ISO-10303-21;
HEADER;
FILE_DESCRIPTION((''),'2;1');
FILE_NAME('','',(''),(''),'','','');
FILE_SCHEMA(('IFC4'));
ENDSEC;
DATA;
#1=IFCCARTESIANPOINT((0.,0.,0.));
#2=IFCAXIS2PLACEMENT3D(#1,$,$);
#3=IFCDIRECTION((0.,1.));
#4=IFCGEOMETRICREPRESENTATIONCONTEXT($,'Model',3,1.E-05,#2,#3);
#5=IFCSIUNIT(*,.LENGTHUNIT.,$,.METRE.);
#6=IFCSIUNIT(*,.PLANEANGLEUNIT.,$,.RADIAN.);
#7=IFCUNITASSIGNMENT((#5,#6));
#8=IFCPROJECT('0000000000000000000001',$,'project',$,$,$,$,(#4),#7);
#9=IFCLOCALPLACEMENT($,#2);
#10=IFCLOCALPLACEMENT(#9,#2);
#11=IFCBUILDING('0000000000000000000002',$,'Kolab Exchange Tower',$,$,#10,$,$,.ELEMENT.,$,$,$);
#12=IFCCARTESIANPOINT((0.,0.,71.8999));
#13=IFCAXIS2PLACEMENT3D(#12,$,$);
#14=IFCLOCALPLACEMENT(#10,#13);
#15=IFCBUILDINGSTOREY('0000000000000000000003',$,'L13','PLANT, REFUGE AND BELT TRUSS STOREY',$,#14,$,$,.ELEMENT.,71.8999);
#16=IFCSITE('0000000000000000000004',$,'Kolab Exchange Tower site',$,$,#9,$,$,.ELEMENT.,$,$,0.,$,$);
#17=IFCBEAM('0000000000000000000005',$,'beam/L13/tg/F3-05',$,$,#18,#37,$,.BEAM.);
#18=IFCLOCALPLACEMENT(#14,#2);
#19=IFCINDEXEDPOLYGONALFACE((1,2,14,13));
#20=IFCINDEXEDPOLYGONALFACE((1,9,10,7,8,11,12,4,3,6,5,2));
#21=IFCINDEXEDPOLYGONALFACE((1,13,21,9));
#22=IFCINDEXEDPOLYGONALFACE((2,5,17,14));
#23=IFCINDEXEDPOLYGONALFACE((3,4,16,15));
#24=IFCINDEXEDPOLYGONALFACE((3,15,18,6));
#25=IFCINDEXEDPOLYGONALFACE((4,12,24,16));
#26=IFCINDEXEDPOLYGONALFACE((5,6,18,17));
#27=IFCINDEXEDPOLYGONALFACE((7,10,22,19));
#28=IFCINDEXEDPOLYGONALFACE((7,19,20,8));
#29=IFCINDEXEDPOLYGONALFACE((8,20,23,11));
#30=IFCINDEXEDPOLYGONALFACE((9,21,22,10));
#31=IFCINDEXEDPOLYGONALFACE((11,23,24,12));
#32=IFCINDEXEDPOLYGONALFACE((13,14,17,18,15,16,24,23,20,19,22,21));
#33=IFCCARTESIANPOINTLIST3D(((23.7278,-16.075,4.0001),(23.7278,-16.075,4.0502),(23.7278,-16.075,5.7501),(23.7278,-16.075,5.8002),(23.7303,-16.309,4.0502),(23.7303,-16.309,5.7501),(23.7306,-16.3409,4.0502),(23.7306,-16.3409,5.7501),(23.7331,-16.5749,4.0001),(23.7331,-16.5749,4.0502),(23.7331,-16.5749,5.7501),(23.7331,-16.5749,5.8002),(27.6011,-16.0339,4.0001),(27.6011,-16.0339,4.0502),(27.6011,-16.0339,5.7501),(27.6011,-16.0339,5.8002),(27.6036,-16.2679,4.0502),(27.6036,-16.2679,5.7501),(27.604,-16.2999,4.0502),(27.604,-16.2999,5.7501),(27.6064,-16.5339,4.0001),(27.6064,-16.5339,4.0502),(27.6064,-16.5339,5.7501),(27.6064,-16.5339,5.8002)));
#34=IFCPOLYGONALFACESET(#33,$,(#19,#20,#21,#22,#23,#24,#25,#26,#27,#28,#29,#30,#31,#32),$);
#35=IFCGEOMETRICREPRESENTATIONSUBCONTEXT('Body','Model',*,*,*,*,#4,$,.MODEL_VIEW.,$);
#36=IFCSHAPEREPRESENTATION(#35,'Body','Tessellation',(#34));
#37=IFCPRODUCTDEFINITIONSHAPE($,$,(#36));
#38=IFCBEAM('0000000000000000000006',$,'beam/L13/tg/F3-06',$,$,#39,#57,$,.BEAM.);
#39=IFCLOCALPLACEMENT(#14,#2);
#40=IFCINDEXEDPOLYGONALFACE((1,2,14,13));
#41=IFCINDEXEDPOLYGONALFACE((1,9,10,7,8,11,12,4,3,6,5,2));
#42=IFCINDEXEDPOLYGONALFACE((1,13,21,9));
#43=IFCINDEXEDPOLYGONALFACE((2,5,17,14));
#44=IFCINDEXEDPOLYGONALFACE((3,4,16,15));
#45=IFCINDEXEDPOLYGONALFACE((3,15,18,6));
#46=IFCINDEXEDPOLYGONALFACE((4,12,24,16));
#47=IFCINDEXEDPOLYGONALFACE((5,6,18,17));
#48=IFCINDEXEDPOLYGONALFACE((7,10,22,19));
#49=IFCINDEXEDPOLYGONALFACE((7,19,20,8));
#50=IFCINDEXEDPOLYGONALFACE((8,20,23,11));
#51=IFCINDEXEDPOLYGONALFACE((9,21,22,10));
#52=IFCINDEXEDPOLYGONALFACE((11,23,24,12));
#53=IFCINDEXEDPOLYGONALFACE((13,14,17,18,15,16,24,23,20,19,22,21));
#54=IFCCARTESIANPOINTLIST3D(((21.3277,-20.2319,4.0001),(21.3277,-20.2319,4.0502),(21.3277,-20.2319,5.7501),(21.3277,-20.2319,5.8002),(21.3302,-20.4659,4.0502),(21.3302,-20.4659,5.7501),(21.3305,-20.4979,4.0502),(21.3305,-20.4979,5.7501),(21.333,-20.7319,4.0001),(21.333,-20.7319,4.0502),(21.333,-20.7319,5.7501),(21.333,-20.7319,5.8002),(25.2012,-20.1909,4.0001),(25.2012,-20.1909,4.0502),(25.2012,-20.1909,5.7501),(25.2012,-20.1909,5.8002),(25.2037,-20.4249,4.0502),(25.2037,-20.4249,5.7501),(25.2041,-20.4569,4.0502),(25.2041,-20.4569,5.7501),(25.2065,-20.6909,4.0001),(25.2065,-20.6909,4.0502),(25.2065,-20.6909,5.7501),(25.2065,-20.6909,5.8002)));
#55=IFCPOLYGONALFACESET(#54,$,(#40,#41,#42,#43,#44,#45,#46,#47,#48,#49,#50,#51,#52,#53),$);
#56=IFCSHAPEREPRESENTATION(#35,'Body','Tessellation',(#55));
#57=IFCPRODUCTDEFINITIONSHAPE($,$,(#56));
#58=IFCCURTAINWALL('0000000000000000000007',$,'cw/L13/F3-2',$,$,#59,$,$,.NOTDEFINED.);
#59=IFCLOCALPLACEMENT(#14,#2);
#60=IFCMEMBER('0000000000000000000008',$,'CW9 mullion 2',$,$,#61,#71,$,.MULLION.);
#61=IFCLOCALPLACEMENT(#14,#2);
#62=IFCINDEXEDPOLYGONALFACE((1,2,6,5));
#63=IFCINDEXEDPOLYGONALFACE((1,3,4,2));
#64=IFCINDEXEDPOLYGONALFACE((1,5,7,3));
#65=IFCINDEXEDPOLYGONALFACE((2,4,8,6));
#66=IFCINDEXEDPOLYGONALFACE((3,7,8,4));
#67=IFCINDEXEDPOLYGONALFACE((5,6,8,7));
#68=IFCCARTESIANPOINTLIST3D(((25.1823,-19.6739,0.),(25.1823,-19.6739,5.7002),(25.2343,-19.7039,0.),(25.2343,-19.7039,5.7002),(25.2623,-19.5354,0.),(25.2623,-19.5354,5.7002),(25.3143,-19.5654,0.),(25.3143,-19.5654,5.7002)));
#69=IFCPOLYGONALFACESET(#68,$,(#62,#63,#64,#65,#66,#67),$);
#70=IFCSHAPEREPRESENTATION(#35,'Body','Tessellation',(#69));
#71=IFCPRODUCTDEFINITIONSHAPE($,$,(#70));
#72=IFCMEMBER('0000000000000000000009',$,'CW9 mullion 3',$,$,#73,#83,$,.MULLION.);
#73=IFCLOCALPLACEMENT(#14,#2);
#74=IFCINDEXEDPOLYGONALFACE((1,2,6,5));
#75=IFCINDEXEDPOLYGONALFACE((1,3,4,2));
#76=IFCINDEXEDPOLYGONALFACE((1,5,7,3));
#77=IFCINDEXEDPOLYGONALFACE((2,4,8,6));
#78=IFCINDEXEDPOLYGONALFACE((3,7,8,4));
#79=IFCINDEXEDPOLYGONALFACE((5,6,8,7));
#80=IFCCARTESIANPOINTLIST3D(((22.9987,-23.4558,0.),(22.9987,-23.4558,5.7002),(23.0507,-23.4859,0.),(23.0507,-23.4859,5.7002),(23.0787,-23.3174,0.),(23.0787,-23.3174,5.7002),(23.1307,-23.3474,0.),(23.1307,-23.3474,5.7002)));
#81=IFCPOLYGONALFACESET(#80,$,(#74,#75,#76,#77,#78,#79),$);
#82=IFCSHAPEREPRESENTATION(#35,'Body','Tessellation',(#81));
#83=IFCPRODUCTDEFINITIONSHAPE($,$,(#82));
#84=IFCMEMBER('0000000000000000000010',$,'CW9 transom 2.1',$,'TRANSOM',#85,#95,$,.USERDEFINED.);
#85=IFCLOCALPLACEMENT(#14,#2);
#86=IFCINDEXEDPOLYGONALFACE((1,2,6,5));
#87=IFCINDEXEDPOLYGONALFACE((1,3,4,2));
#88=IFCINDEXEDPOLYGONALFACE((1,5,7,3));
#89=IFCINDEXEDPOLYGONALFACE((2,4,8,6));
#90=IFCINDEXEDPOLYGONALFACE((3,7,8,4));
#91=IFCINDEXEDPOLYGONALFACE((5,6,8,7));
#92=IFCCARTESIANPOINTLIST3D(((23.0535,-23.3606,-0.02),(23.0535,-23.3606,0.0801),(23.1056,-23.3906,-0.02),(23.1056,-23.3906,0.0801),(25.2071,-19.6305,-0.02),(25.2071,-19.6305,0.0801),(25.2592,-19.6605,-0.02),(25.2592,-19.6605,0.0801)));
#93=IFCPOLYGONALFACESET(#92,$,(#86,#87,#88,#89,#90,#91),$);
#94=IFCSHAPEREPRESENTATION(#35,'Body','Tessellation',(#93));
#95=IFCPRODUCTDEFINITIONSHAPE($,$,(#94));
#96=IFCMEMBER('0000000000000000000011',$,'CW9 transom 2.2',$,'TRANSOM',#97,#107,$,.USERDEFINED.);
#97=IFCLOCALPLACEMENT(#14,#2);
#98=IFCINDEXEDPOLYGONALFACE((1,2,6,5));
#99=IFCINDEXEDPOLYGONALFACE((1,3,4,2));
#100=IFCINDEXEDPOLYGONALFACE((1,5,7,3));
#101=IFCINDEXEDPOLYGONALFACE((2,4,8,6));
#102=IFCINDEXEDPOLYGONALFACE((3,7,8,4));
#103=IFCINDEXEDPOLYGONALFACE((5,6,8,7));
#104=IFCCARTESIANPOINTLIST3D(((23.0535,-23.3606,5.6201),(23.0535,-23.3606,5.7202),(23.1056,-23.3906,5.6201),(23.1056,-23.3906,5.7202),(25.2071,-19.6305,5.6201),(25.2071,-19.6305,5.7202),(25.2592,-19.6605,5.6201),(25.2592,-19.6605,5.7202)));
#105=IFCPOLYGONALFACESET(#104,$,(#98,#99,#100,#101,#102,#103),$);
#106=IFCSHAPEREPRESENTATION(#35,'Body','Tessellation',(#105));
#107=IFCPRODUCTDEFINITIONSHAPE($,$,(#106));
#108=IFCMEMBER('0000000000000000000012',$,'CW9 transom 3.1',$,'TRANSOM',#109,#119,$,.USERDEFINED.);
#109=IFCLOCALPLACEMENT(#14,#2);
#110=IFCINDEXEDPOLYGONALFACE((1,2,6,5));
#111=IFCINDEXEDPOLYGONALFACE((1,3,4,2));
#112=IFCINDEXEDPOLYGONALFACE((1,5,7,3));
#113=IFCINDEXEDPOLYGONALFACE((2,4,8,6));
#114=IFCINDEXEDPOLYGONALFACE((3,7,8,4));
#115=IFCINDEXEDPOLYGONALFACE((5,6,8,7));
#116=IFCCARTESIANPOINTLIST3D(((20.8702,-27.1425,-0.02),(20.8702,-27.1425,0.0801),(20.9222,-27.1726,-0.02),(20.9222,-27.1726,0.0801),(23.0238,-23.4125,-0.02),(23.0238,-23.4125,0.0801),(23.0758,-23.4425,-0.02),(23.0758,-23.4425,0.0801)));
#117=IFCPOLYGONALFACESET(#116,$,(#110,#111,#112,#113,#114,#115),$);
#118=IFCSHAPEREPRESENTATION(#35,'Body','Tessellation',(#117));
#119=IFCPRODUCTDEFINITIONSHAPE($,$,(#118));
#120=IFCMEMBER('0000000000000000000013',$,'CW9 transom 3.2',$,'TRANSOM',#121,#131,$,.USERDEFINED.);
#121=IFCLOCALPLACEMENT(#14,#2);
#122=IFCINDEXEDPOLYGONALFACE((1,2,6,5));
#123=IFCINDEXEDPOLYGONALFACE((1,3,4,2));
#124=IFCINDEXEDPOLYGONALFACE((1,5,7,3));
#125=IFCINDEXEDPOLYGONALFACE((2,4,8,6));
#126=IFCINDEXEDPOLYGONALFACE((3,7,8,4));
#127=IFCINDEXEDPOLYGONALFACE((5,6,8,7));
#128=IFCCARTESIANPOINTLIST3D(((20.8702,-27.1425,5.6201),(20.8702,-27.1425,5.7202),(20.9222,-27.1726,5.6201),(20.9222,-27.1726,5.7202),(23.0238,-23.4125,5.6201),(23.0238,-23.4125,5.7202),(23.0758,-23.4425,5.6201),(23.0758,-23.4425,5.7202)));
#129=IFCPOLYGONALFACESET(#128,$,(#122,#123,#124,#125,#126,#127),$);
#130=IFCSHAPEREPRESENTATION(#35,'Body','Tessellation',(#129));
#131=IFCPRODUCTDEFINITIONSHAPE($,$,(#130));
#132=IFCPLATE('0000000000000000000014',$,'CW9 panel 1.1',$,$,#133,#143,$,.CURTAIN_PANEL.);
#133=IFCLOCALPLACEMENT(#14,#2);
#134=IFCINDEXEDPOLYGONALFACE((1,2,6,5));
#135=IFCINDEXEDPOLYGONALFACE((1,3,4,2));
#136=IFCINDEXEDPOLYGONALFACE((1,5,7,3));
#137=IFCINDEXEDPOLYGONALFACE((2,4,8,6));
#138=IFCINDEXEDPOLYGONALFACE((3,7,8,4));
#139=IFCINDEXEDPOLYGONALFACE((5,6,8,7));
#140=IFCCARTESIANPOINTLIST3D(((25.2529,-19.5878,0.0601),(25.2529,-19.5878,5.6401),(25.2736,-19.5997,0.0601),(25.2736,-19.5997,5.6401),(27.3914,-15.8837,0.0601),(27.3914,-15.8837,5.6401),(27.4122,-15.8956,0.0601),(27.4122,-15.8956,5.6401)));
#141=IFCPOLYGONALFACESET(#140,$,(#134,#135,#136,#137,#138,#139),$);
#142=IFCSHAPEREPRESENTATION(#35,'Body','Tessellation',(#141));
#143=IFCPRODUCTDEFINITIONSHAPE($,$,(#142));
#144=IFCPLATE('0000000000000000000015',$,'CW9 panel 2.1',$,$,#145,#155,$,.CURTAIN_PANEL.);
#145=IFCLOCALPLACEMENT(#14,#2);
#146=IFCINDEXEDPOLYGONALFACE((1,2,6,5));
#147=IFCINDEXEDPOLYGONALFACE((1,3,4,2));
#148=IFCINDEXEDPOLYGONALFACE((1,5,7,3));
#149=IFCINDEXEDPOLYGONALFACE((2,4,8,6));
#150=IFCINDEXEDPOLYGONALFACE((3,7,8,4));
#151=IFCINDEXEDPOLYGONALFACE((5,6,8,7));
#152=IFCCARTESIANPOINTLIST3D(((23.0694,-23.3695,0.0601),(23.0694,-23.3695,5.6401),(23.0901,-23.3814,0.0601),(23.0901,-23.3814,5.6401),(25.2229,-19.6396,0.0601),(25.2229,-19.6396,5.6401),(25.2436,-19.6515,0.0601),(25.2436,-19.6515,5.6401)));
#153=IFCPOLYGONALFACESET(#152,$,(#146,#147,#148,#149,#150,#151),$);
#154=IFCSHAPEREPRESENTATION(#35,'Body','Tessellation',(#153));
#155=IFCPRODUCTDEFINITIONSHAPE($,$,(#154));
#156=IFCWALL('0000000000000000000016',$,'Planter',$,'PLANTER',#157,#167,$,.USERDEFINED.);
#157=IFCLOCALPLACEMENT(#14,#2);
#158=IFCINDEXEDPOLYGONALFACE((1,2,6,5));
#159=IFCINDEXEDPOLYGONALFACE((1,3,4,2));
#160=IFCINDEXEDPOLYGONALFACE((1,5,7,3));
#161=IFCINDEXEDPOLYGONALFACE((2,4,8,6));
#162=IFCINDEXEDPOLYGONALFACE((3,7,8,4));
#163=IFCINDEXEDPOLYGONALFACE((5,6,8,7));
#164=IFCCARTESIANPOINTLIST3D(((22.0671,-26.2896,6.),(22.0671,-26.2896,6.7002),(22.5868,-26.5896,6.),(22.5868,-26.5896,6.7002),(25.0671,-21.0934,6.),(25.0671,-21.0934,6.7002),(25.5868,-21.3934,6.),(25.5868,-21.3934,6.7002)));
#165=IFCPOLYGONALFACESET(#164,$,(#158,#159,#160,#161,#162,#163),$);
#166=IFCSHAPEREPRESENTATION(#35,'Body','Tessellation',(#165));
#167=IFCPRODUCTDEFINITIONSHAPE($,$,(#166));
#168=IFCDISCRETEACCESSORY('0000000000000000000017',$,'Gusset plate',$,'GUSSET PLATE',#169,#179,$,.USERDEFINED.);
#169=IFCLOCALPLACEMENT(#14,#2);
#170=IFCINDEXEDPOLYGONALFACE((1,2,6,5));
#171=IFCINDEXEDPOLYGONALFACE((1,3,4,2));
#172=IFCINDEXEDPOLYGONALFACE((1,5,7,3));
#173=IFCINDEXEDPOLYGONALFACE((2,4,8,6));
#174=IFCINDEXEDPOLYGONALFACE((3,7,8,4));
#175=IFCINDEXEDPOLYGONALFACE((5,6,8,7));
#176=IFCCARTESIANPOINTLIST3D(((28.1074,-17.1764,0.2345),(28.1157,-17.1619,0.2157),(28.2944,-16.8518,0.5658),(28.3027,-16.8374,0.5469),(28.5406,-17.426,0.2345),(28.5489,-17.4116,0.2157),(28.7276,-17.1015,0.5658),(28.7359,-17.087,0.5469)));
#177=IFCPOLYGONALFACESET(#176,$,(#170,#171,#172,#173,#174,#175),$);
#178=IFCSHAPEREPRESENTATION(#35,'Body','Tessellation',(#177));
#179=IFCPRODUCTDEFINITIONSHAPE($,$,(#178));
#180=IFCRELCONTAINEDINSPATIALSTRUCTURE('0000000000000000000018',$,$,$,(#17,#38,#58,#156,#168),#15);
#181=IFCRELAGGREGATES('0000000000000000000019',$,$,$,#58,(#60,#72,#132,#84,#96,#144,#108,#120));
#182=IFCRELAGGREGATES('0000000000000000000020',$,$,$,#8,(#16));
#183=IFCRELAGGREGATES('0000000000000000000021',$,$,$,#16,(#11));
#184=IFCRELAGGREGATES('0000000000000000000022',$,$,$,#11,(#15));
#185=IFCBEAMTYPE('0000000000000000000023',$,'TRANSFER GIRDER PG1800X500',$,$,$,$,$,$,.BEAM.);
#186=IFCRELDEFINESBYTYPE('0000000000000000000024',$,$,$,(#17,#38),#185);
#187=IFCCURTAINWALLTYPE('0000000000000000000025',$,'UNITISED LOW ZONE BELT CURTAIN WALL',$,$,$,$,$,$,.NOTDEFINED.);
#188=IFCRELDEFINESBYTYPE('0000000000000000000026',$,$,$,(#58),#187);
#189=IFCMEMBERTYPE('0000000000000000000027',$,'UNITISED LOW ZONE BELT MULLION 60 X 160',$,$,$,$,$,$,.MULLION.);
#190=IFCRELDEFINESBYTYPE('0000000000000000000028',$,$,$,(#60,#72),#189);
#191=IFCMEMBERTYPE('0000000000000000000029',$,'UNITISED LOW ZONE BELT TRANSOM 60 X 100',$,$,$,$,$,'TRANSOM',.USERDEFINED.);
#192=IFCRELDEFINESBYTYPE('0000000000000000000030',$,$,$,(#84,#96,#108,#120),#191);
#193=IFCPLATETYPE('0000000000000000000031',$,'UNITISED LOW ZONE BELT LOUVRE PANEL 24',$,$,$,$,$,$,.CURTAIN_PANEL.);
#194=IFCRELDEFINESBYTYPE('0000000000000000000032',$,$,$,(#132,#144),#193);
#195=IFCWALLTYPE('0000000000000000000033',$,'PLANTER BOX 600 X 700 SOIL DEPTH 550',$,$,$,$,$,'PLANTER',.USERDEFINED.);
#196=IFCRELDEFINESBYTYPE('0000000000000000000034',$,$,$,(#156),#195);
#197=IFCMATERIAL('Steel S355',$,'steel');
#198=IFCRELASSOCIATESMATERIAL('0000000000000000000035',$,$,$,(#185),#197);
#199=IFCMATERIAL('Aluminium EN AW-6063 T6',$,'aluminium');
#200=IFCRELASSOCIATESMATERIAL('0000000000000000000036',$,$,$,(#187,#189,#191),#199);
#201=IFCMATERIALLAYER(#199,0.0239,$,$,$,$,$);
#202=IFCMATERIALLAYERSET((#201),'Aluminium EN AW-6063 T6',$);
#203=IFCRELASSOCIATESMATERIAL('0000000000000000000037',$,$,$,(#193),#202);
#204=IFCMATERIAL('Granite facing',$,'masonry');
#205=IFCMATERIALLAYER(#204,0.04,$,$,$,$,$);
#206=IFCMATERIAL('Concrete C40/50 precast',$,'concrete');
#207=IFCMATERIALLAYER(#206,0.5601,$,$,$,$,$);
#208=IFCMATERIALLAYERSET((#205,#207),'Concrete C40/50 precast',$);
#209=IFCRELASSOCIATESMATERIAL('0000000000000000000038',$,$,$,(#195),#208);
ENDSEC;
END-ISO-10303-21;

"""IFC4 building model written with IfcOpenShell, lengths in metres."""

from ifc_helpers import new_model, si_unit, direction, frame, frame_2d, origin, origin_2d, place, context, subcontext, project, spatial, rectangle, i_section, extrude, material, layer, layer_set, material_profile, profile_set, type_object, element, aggregate, save


model = new_model("IFC4")

# Units and contexts
model_context = context("Model", 3, precision=1e-05, world=origin(), true_north=direction((0.0, 1.0)))
body_context = subcontext(model_context, "Body", "Model", "MODEL_VIEW")
ifc_project = project(units=[si_unit("LENGTHUNIT", "METRE"), si_unit("PLANEANGLEUNIT", "RADIAN")], contexts=[model_context])

# Site, building, storey
site_placement = place(None, origin())
site = spatial("IfcSite", under=ifc_project, at=site_placement, Name="Kolab Exchange Tower site", CompositionType="ELEMENT", RefElevation=0.0)
building_placement = place(site_placement, origin())
building = spatial("IfcBuilding", under=site, at=building_placement, Name="Kolab Exchange Tower", CompositionType="ELEMENT")
storey_placement = place(building_placement, frame((0.0, 0.0, 71.8999)))
storey = spatial("IfcBuildingStorey", under=building, at=storey_placement, Name="L13", Description="PLANT, REFUGE AND BELT TRUSS STOREY", CompositionType="ELEMENT", Elevation=71.8999)

# Shared definitions
ifc_material_1 = material(Name="Steel S355", Category="steel")

# Beams
ifc_material_profile_1 = material_profile(ifc_material_1, i_section(OverallWidth=0.5, OverallDepth=1.8, WebThickness=0.032, FlangeThickness=0.05, at=origin_2d()), Name="PG1800X500")
ifc_profile_set_1 = profile_set([ifc_material_profile_1], Name="Steel S355")
beam_type_1 = type_object("IfcBeamType", Name="TRANSFER GIRDER PG1800X500", PredefinedType="BEAM", material=ifc_profile_set_1)
beam_1_placement = place(storey_placement, frame((23.7305, -16.325, 4.9001), z_axis=(0.999944, 0.010589, 0.0), x_axis=(-0.010589, 0.999944, 0.0)))
element("IfcBeam", 1, at=beam_1_placement, inside=storey, type_object=beam_type_1, Name="beam/L13/tg/F3-05", PredefinedType="BEAM", context=body_context, shape_type="SweptSolid", body=[
    extrude(i_section(OverallWidth=0.5, OverallDepth=1.8, WebThickness=0.032, FlangeThickness=0.05, at=origin_2d()), origin(), (0.0, 0.0, 1.0), 3.8735),
])
beam_2_placement = place(storey_placement, frame((21.3303, -20.4819, 4.9001), z_axis=(0.999944, 0.010588, 0.0), x_axis=(-0.010588, 0.999944, 0.0)))
element("IfcBeam", 2, at=beam_2_placement, inside=storey, type_object=beam_type_1, Name="beam/L13/tg/F3-06", PredefinedType="BEAM", context=body_context, shape_type="SweptSolid", body=[
    extrude(i_section(OverallWidth=0.5, OverallDepth=1.8, WebThickness=0.032, FlangeThickness=0.05, at=origin_2d()), origin(), (0.0, 0.0, 1.0), 3.8738),
])

# Curtain wall, members, plates
ifc_material_2 = material(Name="Aluminium EN AW-6063 T6", Category="aluminium")
curtain_wall_type = type_object("IfcCurtainWallType", Name="UNITISED LOW ZONE BELT CURTAIN WALL", PredefinedType="NOTDEFINED", material=ifc_material_2)
curtain_wall_placement = place(storey_placement, origin())
curtain_wall = element("IfcCurtainWall", 3, at=curtain_wall_placement, inside=storey, type_object=curtain_wall_type, Name="cw/L13/F3-2", PredefinedType="NOTDEFINED")
ifc_material_profile_2 = material_profile(ifc_material_2, rectangle(XDim=0.0601, YDim=0.1599, at=origin_2d()), Name="RECT 60X160")
ifc_profile_set_2 = profile_set([ifc_material_profile_2], Name="Aluminium EN AW-6063 T6")
member_type_1 = type_object("IfcMemberType", Name="UNITISED LOW ZONE BELT MULLION 60 X 160", PredefinedType="MULLION", material=ifc_profile_set_2)
member_1_placement = place(storey_placement, frame((25.2483, -19.6196, 0.0), z_axis=(0.0, 0.0, 1.0), x_axis=(0.866025, -0.5, 0.0)))
member_1 = element("IfcMember", 4, at=member_1_placement, type_object=member_type_1, Name="CW9 mullion 2", PredefinedType="MULLION", context=body_context, shape_type="SweptSolid", body=[
    extrude(rectangle(XDim=0.0601, YDim=0.1599, at=origin_2d()), origin(), (0.0, 0.0, 1.0), 5.7002),
])
member_2_placement = place(storey_placement, frame((23.0647, -23.4016, 0.0), z_axis=(0.0, 0.0, 1.0), x_axis=(0.866025, -0.5, 0.0)))
member_2 = element("IfcMember", 5, at=member_2_placement, type_object=member_type_1, Name="CW9 mullion 3", PredefinedType="MULLION", context=body_context, shape_type="SweptSolid", body=[
    extrude(rectangle(XDim=0.0601, YDim=0.1599, at=origin_2d()), origin(), (0.0, 0.0, 1.0), 5.7002),
])
ifc_material_profile_3 = material_profile(ifc_material_2, rectangle(XDim=0.0601, YDim=0.1001, at=origin_2d()), Name="RECT 60X100")
ifc_profile_set_3 = profile_set([ifc_material_profile_3], Name="Aluminium EN AW-6063 T6")
member_type_2 = type_object("IfcMemberType", Name="UNITISED LOW ZONE BELT TRANSOM 60 X 100", ElementType="TRANSOM", PredefinedType="USERDEFINED", material=ifc_profile_set_3)
member_3_placement = place(storey_placement, frame((25.2332, -19.6455, 0.03), z_axis=(-0.50001, -0.866019, 0.0), x_axis=(0.866019, -0.50001, 0.0)))
member_3 = element("IfcMember", 6, at=member_3_placement, type_object=member_type_2, Name="CW9 transom 2.1", ObjectType="TRANSOM", PredefinedType="USERDEFINED", context=body_context, shape_type="SweptSolid", body=[
    extrude(rectangle(XDim=0.0601, YDim=0.1001, at=origin_2d()), origin(), (0.0, 0.0, 1.0), 4.3071),
])
member_4_placement = place(storey_placement, frame((25.2332, -19.6455, 5.6702), z_axis=(-0.50001, -0.866019, 0.0), x_axis=(0.866019, -0.50001, 0.0)))
member_4 = element("IfcMember", 7, at=member_4_placement, type_object=member_type_2, Name="CW9 transom 2.2", ObjectType="TRANSOM", PredefinedType="USERDEFINED", context=body_context, shape_type="SweptSolid", body=[
    extrude(rectangle(XDim=0.0601, YDim=0.1001, at=origin_2d()), origin(), (0.0, 0.0, 1.0), 4.3071),
])
member_5_placement = place(storey_placement, frame((23.0498, -23.4275, 0.03), z_axis=(-0.50001, -0.866019, 0.0), x_axis=(0.866019, -0.50001, 0.0)))
member_5 = element("IfcMember", 8, at=member_5_placement, type_object=member_type_2, Name="CW9 transom 3.1", ObjectType="TRANSOM", PredefinedType="USERDEFINED", context=body_context, shape_type="SweptSolid", body=[
    extrude(rectangle(XDim=0.0601, YDim=0.1001, at=origin_2d()), origin(), (0.0, 0.0, 1.0), 4.3071),
])
member_6_placement = place(storey_placement, frame((23.0498, -23.4275, 5.6702), z_axis=(-0.50001, -0.866019, 0.0), x_axis=(0.866019, -0.50001, 0.0)))
member_6 = element("IfcMember", 9, at=member_6_placement, type_object=member_type_2, Name="CW9 transom 3.2", ObjectType="TRANSOM", PredefinedType="USERDEFINED", context=body_context, shape_type="SweptSolid", body=[
    extrude(rectangle(XDim=0.0601, YDim=0.1001, at=origin_2d()), origin(), (0.0, 0.0, 1.0), 4.3071),
])
ifc_layer_1 = layer(ifc_material_2, 0.0239)
ifc_layer_set_1 = layer_set([ifc_layer_1], Name="Aluminium EN AW-6063 T6")
plate_type = type_object("IfcPlateType", Name="UNITISED LOW ZONE BELT LOUVRE PANEL 24", PredefinedType="CURTAIN_PANEL", material=ifc_layer_set_1)
plate_1_placement = place(storey_placement, frame((26.3325, -17.7417, 0.0601), z_axis=(0.0, 0.0, 1.0), x_axis=(-0.5, -0.866025, 0.0)))
plate_1 = element("IfcPlate", 10, at=plate_1_placement, type_object=plate_type, Name="CW9 panel 1.1", PredefinedType="CURTAIN_PANEL", context=body_context, shape_type="SweptSolid", body=[
    extrude(rectangle(XDim=4.2771, YDim=0.0239, at=origin_2d()), origin(), (0.0, 0.0, 1.0), 5.5801),
])
plate_2_placement = place(storey_placement, frame((24.1565, -21.5105, 0.0601), z_axis=(0.0, 0.0, 1.0), x_axis=(-0.5, -0.866025, 0.0)))
plate_2 = element("IfcPlate", 11, at=plate_2_placement, type_object=plate_type, Name="CW9 panel 2.1", PredefinedType="CURTAIN_PANEL", context=body_context, shape_type="SweptSolid", body=[
    extrude(rectangle(XDim=4.3069, YDim=0.0239, at=origin_2d()), origin(), (0.0, 0.0, 1.0), 5.5801),
])
aggregate(curtain_wall, [member_1, member_2, plate_1, member_3, member_4, plate_2, member_5, member_6])

# Wall
ifc_material_3 = material(Name="Granite facing", Category="masonry")
ifc_layer_2 = layer(ifc_material_3, 0.04)
ifc_material_4 = material(Name="Concrete C40/50 precast", Category="concrete")
ifc_layer_3 = layer(ifc_material_4, 0.5601)
ifc_layer_set_2 = layer_set([ifc_layer_2, ifc_layer_3], Name="Concrete C40/50 precast")
wall_type = type_object("IfcWallType", Name="PLANTER BOX 600 X 700 SOIL DEPTH 550", ElementType="PLANTER", PredefinedType="USERDEFINED", material=ifc_layer_set_2)
wall_placement = place(storey_placement, frame((25.3269, -21.2434, 6.0), z_axis=(0.0, 0.0, 1.0), x_axis=(-0.49999, -0.866031, 0.0)))
element("IfcWall", 12, at=wall_placement, inside=storey, type_object=wall_type, Name="Planter", ObjectType="PLANTER", PredefinedType="USERDEFINED", context=body_context, shape_type="SweptSolid", body=[
    extrude(rectangle(XDim=6.0, YDim=0.6001, at=frame_2d((3.0, 0.0))), origin(), (0.0, 0.0, 1.0), 0.7002),
])

# Discrete accessory
discrete_accessory_placement = place(storey_placement, frame((28.4175, -17.1389, 0.4001), z_axis=(0.330768, 0.57398, -0.749092), x_axis=(-0.86643, 0.499299, 0.0)))
element("IfcDiscreteAccessory", 13, at=discrete_accessory_placement, inside=storey, Name="Gusset plate", ObjectType="GUSSET PLATE", PredefinedType="USERDEFINED", context=body_context, shape_type="SweptSolid", body=[
    extrude(rectangle(XDim=0.5, YDim=0.5, at=origin_2d()), origin(), (0.0, 0.0, 1.0), 0.0251),
])

save(model, "model.ifc")
